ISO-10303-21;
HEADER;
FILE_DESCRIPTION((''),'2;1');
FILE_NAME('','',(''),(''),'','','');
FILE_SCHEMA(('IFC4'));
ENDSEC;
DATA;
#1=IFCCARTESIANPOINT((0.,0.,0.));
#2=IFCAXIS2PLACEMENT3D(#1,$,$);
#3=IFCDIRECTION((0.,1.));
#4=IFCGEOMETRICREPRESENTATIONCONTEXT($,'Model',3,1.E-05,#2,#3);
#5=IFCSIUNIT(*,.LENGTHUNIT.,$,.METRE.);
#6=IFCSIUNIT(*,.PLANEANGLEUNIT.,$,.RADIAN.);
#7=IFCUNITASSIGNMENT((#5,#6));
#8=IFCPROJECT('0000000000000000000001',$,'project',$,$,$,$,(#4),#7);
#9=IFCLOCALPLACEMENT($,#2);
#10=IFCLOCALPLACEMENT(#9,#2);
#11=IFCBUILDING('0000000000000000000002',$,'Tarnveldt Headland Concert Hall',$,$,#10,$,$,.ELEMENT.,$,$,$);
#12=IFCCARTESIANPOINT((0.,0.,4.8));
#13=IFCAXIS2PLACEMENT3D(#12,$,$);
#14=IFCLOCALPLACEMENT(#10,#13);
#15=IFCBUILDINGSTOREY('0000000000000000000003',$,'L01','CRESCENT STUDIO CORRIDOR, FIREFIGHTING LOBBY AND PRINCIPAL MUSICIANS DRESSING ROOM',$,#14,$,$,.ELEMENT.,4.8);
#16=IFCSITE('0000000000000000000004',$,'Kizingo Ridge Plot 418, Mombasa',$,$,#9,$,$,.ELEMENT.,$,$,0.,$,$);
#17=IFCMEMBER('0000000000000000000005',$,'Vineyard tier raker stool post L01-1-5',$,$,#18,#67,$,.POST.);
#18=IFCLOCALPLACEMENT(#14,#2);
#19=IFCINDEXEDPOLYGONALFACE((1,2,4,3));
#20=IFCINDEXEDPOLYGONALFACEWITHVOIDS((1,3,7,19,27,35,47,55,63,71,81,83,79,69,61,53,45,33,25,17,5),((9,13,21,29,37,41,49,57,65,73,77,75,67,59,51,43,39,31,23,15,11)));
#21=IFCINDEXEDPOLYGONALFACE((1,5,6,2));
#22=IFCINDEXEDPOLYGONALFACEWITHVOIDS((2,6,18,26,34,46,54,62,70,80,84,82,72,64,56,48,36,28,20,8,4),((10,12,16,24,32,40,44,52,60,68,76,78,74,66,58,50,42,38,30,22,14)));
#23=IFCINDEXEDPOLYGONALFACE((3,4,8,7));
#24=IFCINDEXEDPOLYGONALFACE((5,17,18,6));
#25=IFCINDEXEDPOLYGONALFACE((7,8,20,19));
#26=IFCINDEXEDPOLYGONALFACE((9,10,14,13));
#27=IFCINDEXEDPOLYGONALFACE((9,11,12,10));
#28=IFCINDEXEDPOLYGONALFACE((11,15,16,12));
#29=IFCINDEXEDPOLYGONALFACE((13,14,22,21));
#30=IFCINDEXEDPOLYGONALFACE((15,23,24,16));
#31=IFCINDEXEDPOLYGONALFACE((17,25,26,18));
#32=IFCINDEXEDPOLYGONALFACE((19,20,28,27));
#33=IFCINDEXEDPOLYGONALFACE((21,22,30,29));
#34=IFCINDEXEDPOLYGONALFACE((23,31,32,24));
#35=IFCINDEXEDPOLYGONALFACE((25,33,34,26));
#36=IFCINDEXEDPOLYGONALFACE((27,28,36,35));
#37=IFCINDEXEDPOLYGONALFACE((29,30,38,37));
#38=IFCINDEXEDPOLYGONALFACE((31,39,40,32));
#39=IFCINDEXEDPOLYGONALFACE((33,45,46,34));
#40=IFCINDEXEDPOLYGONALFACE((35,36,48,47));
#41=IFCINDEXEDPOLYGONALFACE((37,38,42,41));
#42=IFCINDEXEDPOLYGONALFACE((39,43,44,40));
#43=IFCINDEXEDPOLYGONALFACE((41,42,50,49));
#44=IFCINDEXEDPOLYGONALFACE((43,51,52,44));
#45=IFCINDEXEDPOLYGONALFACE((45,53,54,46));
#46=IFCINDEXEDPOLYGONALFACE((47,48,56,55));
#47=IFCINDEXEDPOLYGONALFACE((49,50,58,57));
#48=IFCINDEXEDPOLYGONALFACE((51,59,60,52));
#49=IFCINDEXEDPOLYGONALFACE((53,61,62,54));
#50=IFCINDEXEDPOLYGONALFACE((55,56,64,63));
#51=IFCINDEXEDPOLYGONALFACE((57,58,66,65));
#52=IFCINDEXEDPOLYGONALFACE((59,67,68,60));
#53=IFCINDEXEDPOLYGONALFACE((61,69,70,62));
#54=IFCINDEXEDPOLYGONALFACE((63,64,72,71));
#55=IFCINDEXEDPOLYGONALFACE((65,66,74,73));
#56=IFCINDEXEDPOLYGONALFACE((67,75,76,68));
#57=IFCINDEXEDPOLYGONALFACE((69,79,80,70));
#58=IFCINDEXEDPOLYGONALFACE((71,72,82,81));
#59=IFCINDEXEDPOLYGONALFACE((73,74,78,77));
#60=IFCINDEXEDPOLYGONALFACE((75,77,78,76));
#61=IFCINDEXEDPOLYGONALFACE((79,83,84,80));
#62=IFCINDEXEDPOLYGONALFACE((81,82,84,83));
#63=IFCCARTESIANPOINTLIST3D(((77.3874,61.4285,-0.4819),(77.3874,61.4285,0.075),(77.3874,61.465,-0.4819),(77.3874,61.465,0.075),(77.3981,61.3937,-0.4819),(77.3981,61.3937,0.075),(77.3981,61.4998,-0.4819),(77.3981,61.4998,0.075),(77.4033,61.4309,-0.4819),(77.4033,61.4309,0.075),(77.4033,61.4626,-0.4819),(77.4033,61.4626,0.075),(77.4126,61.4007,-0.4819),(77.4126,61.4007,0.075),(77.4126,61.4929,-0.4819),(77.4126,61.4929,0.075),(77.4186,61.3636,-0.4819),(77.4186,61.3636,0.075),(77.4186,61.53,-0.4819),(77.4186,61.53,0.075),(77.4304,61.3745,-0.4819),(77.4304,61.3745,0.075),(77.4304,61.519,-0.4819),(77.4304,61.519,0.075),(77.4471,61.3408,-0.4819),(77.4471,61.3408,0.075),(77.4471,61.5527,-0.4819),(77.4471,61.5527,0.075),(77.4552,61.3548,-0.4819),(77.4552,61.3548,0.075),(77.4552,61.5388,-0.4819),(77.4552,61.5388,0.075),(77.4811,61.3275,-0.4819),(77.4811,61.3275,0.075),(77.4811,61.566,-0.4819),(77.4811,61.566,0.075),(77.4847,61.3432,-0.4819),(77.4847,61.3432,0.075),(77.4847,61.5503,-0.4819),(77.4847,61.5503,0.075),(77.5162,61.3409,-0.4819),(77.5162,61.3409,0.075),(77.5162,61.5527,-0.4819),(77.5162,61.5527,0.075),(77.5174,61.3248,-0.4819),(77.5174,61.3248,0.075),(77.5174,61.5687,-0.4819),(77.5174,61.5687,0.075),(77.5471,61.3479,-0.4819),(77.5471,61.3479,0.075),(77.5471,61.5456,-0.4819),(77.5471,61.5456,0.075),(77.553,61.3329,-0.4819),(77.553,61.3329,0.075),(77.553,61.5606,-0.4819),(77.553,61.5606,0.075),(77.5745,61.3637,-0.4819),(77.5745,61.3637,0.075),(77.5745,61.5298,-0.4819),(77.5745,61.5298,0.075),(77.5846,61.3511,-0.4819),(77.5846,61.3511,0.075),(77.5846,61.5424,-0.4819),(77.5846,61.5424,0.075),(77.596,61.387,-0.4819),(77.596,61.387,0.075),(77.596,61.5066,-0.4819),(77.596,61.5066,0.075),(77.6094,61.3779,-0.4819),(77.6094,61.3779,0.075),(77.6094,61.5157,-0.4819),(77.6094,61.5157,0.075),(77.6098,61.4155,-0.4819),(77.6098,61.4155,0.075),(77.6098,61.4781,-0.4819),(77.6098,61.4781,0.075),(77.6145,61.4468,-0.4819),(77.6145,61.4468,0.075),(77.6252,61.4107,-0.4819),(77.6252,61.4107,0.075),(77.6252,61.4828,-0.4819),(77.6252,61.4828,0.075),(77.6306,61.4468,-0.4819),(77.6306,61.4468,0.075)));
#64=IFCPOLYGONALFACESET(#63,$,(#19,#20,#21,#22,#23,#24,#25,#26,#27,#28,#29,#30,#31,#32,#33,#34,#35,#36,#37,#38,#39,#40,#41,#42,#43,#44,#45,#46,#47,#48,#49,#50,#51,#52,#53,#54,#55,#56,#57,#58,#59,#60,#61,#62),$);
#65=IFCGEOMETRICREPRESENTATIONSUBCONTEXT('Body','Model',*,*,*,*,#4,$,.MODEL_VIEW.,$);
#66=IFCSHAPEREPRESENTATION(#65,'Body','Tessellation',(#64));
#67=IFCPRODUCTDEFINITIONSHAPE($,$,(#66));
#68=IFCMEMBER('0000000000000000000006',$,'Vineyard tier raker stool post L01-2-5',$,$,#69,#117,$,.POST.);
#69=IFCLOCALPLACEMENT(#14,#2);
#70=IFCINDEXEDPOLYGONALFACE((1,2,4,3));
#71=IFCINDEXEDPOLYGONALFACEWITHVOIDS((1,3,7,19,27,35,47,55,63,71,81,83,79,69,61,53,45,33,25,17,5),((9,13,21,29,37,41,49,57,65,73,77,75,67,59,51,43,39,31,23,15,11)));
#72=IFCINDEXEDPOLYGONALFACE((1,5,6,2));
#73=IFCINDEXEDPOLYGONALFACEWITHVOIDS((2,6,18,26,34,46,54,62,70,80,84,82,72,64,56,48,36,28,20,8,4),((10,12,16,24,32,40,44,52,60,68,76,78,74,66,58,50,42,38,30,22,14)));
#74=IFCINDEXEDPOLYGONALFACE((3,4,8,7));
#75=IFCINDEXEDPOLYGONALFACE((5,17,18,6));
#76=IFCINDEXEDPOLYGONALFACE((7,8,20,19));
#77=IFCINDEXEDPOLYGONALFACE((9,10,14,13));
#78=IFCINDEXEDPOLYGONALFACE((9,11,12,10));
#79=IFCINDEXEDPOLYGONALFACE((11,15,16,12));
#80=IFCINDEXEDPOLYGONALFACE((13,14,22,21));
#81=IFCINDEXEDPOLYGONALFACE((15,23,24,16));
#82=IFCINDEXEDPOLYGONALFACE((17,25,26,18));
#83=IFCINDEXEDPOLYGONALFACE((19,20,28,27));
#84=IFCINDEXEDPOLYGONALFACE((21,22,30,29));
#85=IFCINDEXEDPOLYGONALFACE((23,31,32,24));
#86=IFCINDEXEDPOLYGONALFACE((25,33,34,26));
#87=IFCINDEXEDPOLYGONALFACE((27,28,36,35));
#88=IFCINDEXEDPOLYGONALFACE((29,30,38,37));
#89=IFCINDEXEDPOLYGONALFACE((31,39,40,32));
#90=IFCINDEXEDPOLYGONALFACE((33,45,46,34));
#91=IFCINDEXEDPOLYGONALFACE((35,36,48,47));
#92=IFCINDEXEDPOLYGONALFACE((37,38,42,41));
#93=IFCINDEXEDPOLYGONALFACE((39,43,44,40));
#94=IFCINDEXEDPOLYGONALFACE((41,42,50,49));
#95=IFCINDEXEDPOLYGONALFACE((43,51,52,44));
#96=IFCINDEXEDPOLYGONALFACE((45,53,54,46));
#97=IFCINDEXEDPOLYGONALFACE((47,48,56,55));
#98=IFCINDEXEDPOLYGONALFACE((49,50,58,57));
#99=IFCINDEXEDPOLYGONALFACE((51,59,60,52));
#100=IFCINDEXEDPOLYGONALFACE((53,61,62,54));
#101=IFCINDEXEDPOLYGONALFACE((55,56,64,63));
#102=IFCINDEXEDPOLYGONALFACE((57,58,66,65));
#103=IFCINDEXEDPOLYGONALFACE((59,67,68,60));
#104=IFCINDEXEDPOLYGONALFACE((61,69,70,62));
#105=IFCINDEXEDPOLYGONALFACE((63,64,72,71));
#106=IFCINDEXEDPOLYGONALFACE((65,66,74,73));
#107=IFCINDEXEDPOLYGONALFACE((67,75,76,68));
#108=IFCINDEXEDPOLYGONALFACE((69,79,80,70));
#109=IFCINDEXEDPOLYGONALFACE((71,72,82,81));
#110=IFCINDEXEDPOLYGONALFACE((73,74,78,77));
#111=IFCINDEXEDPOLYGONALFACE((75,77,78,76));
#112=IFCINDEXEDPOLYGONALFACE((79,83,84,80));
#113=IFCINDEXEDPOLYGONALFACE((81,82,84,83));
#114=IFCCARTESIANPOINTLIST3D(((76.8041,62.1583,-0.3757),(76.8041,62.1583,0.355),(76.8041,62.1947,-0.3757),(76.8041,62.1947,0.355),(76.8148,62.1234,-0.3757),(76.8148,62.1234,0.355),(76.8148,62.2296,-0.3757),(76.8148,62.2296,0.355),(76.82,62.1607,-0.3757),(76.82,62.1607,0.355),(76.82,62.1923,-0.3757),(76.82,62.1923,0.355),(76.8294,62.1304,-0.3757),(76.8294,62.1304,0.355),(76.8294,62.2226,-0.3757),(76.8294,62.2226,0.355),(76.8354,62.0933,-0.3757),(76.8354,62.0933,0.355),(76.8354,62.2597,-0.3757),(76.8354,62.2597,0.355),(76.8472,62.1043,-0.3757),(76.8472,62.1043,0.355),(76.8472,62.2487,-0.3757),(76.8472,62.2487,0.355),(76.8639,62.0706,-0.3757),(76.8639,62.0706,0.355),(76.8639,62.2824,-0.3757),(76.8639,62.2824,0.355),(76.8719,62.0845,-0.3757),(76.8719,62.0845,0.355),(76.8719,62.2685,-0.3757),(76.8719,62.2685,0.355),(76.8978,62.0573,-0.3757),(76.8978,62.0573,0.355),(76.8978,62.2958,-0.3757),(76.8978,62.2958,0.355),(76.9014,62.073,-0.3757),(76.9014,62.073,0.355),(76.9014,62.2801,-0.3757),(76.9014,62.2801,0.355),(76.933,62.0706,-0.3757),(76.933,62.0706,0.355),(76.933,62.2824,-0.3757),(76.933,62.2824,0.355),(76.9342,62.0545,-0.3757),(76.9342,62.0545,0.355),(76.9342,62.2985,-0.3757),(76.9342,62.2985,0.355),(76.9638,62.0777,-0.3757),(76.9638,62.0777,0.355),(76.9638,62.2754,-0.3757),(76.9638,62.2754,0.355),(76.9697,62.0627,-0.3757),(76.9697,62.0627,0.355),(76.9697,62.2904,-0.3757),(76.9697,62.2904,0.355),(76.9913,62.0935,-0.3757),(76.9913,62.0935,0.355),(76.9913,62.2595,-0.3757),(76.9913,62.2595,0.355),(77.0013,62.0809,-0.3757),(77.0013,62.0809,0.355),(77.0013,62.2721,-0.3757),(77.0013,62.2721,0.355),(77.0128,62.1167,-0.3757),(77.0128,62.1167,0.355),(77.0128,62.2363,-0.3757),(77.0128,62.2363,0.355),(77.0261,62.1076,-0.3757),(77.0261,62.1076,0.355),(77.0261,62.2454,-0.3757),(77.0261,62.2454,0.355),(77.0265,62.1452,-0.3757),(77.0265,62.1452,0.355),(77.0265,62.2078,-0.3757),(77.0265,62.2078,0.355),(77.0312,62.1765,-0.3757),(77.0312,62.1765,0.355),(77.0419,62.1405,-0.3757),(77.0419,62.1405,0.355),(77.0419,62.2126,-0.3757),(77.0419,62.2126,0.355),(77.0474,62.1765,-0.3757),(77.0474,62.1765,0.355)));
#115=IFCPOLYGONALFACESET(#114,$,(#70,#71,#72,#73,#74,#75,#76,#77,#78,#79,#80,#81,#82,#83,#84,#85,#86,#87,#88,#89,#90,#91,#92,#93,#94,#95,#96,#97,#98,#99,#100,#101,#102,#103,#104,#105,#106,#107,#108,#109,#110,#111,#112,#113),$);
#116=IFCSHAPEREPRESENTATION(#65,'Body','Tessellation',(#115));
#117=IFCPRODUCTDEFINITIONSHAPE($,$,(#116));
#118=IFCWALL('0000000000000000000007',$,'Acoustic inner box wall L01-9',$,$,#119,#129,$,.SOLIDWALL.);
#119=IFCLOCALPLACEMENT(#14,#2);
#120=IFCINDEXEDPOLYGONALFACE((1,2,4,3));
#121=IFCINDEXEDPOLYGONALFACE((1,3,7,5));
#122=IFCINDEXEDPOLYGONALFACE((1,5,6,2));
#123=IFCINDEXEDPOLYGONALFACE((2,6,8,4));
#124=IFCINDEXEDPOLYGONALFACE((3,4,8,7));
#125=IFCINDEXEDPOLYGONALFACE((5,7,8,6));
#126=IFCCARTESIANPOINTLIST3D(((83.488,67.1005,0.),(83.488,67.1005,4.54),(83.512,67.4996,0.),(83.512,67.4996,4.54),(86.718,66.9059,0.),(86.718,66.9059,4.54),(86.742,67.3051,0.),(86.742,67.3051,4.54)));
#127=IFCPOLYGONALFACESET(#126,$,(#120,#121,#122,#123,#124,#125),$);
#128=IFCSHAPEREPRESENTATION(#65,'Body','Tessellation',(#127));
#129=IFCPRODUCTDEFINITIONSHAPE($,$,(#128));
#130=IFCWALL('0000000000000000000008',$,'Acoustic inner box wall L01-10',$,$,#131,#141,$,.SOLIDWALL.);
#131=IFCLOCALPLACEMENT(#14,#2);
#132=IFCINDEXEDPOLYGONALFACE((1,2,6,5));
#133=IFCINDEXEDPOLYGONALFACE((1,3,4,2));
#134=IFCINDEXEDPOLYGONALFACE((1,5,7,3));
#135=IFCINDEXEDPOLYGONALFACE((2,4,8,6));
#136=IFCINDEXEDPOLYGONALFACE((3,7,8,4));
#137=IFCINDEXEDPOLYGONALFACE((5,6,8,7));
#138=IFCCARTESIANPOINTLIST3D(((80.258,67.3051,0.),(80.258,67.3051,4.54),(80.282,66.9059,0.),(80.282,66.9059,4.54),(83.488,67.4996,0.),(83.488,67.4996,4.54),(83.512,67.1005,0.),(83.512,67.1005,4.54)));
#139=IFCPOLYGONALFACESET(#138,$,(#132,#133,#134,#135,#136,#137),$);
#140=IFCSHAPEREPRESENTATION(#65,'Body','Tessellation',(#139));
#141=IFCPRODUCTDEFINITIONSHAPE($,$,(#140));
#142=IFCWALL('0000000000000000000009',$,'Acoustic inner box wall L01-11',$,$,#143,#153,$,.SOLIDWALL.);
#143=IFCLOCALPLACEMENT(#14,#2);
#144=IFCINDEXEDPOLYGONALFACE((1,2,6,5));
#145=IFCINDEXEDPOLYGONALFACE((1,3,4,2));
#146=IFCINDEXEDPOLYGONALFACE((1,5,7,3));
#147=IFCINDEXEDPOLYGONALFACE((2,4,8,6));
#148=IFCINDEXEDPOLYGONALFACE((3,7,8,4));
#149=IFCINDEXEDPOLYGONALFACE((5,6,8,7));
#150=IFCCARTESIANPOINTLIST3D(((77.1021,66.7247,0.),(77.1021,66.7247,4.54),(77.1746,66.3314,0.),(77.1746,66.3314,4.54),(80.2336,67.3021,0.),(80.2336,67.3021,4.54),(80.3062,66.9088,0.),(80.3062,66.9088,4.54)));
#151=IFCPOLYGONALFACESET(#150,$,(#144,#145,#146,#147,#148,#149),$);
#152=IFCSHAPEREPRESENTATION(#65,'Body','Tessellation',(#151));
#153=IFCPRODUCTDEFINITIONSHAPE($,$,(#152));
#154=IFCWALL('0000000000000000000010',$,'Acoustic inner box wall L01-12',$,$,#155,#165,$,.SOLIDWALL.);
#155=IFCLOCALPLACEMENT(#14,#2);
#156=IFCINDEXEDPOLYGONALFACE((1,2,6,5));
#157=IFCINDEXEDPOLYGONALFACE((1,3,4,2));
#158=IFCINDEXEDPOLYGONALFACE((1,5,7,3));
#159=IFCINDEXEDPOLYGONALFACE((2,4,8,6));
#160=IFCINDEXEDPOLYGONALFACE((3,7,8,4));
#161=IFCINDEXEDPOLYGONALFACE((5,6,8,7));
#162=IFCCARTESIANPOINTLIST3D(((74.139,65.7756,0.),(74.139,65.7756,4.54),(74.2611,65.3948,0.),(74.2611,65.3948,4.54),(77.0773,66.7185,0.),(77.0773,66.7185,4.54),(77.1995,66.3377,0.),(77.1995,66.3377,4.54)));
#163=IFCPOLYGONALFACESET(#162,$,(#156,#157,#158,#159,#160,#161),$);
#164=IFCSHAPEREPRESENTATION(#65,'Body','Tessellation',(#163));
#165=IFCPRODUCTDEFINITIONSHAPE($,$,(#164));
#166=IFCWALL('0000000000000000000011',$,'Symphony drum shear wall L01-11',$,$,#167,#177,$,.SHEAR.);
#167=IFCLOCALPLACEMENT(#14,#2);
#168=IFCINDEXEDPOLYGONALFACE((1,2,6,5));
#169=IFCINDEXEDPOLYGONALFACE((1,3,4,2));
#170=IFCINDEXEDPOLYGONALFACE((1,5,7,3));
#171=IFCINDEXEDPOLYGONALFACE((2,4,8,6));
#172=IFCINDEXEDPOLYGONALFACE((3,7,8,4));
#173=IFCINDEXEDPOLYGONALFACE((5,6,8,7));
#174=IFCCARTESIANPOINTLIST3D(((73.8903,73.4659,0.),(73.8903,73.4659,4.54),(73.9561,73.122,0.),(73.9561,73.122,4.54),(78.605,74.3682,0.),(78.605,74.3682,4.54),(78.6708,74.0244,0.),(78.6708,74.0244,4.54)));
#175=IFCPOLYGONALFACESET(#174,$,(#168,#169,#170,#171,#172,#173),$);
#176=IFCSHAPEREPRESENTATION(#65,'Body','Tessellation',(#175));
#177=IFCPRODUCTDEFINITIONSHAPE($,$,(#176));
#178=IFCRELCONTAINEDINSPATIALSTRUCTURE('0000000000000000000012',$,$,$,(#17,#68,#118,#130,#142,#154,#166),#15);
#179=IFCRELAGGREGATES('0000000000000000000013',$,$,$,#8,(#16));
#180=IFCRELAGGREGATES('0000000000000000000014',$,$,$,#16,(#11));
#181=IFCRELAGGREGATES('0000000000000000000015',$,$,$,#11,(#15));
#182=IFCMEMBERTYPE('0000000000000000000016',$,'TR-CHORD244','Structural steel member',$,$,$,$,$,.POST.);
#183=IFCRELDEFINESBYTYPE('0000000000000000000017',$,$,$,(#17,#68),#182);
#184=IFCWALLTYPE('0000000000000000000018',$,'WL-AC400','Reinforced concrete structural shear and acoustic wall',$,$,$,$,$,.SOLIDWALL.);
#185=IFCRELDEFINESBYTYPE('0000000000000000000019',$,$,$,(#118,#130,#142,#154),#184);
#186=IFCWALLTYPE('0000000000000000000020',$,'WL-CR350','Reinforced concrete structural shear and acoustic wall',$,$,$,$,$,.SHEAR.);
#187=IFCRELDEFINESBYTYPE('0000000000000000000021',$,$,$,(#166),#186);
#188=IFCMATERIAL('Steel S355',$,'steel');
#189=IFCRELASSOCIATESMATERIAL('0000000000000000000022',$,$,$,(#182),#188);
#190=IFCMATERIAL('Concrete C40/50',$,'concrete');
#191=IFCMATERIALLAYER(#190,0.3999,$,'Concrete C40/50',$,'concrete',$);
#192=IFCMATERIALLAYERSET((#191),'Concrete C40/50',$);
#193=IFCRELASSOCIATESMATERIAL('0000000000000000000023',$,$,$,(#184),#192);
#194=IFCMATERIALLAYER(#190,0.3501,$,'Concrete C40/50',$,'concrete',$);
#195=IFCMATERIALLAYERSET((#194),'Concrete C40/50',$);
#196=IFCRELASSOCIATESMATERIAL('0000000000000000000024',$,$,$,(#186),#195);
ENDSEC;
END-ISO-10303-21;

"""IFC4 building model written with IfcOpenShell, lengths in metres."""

from ifc_helpers import new_model, si_unit, direction, frame, frame_2d, origin, origin_2d, place, context, subcontext, project, spatial, rectangle, hollow_circle, extrude, material, layer, layer_set, material_profile, profile_set, type_object, element, save


model = new_model("IFC4")

# Units and contexts
model_context = context("Model", 3, precision=1e-05, world=origin(), true_north=direction((0.0, 1.0)))
body_context = subcontext(model_context, "Body", "Model", "MODEL_VIEW")
ifc_project = project(units=[si_unit("LENGTHUNIT", "METRE"), si_unit("PLANEANGLEUNIT", "RADIAN")], contexts=[model_context])

# Site, building, storey
site_placement = place(None, origin())
site = spatial("IfcSite", under=ifc_project, at=site_placement, Name="Kizingo Ridge Plot 418, Mombasa", CompositionType="ELEMENT", RefElevation=0.0)
building_placement = place(site_placement, origin())
building = spatial("IfcBuilding", under=site, at=building_placement, Name="Tarnveldt Headland Concert Hall", CompositionType="ELEMENT")
storey_placement = place(building_placement, frame((0.0, 0.0, 4.8)))
storey = spatial("IfcBuildingStorey", under=building, at=storey_placement, Name="L01", Description="CRESCENT STUDIO CORRIDOR, FIREFIGHTING LOBBY AND PRINCIPAL MUSICIANS DRESSING ROOM", CompositionType="ELEMENT", Elevation=4.8)

# Shared definitions
ifc_material_1 = material(Name="Concrete C40/50", Category="concrete")
ifc_material_2 = material(Name="Steel S355", Category="steel")

# Members
ifc_material_profile_1 = material_profile(ifc_material_2, hollow_circle(Radius=0.1223, WallThickness=0.0161, at=origin_2d()), Name="CHS 244.5x16", Category="steel")
ifc_profile_set_1 = profile_set([ifc_material_profile_1], Name="Steel S355")
member_type_1 = type_object("IfcMemberType", Name="TR-CHORD244", Description="Structural steel member", PredefinedType="POST", material=ifc_profile_set_1)
member_1_placement = place(storey_placement, frame((77.5083, 61.4468, -0.4819), z_axis=(0.0, 0.0, 1.0), x_axis=(1.0, 0.0, 0.0)))
element("IfcMember", 1, at=member_1_placement, inside=storey, type_object=member_type_1, Name="Vineyard tier raker stool post L01-1-5", PredefinedType="POST", context=body_context, shape_type="SweptSolid", body=[
    extrude(hollow_circle(Radius=0.1223, WallThickness=0.0161, at=origin_2d()), origin(), (0.0, 0.0, 1.0), 0.5569),
])
member_2_placement = place(storey_placement, frame((76.925, 62.1765, -0.3757), z_axis=(0.0, 0.0, 1.0), x_axis=(1.0, 0.0, 0.0)))
element("IfcMember", 2, at=member_2_placement, inside=storey, type_object=member_type_1, Name="Vineyard tier raker stool post L01-2-5", PredefinedType="POST", context=body_context, shape_type="SweptSolid", body=[
    extrude(hollow_circle(Radius=0.1223, WallThickness=0.0161, at=origin_2d()), origin(), (0.0, 0.0, 1.0), 0.7307),
])

# Walls
ifc_layer_1 = layer(ifc_material_1, 0.3999, Name="Concrete C40/50", Category="concrete")
ifc_layer_set_1 = layer_set([ifc_layer_1], Name="Concrete C40/50")
wall_type_1 = type_object("IfcWallType", Name="WL-AC400", Description="Reinforced concrete structural shear and acoustic wall", PredefinedType="SOLIDWALL", material=ifc_layer_set_1)
for number, where, z_axis, x_axis, name in (
    (3, (86.73, 67.1055, 0.0), (0.0, 0.0, 1.0), (-0.99819, 0.060133, 0.0), "Acoustic inner box wall L01-9"),
    (4, (83.5, 67.3, 0.0), (0.0, 0.0, 1.0), (-0.99819, -0.060133, 0.0), "Acoustic inner box wall L01-10"),
):
    element("IfcWall", number, at=place(storey_placement, frame(where, z_axis=z_axis, x_axis=x_axis)), inside=storey, type_object=wall_type_1, Name=name, PredefinedType="SOLIDWALL", context=body_context, shape_type="SweptSolid", body=[
        extrude(rectangle(XDim=3.2358, YDim=0.3999, at=frame_2d((1.6179, 0.0))), origin(), (0.0, 0.0, 1.0), 4.54),
    ])
wall_1_placement = place(storey_placement, frame((80.27, 67.1055, 0.0), z_axis=(0.0, 0.0, 1.0), x_axis=(-0.983424, -0.18132, 0.0)))
element("IfcWall", 5, at=wall_1_placement, inside=storey, type_object=wall_type_1, Name="Acoustic inner box wall L01-11", PredefinedType="SOLIDWALL", context=body_context, shape_type="SweptSolid", body=[
    extrude(rectangle(XDim=3.1843, YDim=0.3999, at=frame_2d((1.5923, 0.0))), origin(), (0.0, 0.0, 1.0), 4.54),
])
wall_2_placement = place(storey_placement, frame((77.1384, 66.5281, 0.0), z_axis=(0.0, 0.0, 1.0), x_axis=(-0.952183, -0.305528, 0.0)))
element("IfcWall", 6, at=wall_2_placement, inside=storey, type_object=wall_type_1, Name="Acoustic inner box wall L01-12", PredefinedType="SOLIDWALL", context=body_context, shape_type="SweptSolid", body=[
    extrude(rectangle(XDim=3.0859, YDim=0.3999, at=frame_2d((1.543, 0.0))), origin(), (0.0, 0.0, 1.0), 4.54),
])
ifc_layer_2 = layer(ifc_material_1, 0.3501, Name="Concrete C40/50", Category="concrete")
ifc_layer_set_2 = layer_set([ifc_layer_2], Name="Concrete C40/50")
wall_type_2 = type_object("IfcWallType", Name="WL-CR350", Description="Reinforced concrete structural shear and acoustic wall", PredefinedType="SHEAR", material=ifc_layer_set_2)
wall_3_placement = place(storey_placement, frame((78.6379, 74.1963, 0.0), z_axis=(0.0, 0.0, 1.0), x_axis=(-0.982173, -0.187981, 0.0)))
element("IfcWall", 7, at=wall_3_placement, inside=storey, type_object=wall_type_2, Name="Symphony drum shear wall L01-11", PredefinedType="SHEAR", context=body_context, shape_type="SweptSolid", body=[
    extrude(rectangle(XDim=4.8003, YDim=0.3501, at=frame_2d((2.4001, 0.0))), origin(), (0.0, 0.0, 1.0), 4.54),
])

save(model, "model.ifc")
